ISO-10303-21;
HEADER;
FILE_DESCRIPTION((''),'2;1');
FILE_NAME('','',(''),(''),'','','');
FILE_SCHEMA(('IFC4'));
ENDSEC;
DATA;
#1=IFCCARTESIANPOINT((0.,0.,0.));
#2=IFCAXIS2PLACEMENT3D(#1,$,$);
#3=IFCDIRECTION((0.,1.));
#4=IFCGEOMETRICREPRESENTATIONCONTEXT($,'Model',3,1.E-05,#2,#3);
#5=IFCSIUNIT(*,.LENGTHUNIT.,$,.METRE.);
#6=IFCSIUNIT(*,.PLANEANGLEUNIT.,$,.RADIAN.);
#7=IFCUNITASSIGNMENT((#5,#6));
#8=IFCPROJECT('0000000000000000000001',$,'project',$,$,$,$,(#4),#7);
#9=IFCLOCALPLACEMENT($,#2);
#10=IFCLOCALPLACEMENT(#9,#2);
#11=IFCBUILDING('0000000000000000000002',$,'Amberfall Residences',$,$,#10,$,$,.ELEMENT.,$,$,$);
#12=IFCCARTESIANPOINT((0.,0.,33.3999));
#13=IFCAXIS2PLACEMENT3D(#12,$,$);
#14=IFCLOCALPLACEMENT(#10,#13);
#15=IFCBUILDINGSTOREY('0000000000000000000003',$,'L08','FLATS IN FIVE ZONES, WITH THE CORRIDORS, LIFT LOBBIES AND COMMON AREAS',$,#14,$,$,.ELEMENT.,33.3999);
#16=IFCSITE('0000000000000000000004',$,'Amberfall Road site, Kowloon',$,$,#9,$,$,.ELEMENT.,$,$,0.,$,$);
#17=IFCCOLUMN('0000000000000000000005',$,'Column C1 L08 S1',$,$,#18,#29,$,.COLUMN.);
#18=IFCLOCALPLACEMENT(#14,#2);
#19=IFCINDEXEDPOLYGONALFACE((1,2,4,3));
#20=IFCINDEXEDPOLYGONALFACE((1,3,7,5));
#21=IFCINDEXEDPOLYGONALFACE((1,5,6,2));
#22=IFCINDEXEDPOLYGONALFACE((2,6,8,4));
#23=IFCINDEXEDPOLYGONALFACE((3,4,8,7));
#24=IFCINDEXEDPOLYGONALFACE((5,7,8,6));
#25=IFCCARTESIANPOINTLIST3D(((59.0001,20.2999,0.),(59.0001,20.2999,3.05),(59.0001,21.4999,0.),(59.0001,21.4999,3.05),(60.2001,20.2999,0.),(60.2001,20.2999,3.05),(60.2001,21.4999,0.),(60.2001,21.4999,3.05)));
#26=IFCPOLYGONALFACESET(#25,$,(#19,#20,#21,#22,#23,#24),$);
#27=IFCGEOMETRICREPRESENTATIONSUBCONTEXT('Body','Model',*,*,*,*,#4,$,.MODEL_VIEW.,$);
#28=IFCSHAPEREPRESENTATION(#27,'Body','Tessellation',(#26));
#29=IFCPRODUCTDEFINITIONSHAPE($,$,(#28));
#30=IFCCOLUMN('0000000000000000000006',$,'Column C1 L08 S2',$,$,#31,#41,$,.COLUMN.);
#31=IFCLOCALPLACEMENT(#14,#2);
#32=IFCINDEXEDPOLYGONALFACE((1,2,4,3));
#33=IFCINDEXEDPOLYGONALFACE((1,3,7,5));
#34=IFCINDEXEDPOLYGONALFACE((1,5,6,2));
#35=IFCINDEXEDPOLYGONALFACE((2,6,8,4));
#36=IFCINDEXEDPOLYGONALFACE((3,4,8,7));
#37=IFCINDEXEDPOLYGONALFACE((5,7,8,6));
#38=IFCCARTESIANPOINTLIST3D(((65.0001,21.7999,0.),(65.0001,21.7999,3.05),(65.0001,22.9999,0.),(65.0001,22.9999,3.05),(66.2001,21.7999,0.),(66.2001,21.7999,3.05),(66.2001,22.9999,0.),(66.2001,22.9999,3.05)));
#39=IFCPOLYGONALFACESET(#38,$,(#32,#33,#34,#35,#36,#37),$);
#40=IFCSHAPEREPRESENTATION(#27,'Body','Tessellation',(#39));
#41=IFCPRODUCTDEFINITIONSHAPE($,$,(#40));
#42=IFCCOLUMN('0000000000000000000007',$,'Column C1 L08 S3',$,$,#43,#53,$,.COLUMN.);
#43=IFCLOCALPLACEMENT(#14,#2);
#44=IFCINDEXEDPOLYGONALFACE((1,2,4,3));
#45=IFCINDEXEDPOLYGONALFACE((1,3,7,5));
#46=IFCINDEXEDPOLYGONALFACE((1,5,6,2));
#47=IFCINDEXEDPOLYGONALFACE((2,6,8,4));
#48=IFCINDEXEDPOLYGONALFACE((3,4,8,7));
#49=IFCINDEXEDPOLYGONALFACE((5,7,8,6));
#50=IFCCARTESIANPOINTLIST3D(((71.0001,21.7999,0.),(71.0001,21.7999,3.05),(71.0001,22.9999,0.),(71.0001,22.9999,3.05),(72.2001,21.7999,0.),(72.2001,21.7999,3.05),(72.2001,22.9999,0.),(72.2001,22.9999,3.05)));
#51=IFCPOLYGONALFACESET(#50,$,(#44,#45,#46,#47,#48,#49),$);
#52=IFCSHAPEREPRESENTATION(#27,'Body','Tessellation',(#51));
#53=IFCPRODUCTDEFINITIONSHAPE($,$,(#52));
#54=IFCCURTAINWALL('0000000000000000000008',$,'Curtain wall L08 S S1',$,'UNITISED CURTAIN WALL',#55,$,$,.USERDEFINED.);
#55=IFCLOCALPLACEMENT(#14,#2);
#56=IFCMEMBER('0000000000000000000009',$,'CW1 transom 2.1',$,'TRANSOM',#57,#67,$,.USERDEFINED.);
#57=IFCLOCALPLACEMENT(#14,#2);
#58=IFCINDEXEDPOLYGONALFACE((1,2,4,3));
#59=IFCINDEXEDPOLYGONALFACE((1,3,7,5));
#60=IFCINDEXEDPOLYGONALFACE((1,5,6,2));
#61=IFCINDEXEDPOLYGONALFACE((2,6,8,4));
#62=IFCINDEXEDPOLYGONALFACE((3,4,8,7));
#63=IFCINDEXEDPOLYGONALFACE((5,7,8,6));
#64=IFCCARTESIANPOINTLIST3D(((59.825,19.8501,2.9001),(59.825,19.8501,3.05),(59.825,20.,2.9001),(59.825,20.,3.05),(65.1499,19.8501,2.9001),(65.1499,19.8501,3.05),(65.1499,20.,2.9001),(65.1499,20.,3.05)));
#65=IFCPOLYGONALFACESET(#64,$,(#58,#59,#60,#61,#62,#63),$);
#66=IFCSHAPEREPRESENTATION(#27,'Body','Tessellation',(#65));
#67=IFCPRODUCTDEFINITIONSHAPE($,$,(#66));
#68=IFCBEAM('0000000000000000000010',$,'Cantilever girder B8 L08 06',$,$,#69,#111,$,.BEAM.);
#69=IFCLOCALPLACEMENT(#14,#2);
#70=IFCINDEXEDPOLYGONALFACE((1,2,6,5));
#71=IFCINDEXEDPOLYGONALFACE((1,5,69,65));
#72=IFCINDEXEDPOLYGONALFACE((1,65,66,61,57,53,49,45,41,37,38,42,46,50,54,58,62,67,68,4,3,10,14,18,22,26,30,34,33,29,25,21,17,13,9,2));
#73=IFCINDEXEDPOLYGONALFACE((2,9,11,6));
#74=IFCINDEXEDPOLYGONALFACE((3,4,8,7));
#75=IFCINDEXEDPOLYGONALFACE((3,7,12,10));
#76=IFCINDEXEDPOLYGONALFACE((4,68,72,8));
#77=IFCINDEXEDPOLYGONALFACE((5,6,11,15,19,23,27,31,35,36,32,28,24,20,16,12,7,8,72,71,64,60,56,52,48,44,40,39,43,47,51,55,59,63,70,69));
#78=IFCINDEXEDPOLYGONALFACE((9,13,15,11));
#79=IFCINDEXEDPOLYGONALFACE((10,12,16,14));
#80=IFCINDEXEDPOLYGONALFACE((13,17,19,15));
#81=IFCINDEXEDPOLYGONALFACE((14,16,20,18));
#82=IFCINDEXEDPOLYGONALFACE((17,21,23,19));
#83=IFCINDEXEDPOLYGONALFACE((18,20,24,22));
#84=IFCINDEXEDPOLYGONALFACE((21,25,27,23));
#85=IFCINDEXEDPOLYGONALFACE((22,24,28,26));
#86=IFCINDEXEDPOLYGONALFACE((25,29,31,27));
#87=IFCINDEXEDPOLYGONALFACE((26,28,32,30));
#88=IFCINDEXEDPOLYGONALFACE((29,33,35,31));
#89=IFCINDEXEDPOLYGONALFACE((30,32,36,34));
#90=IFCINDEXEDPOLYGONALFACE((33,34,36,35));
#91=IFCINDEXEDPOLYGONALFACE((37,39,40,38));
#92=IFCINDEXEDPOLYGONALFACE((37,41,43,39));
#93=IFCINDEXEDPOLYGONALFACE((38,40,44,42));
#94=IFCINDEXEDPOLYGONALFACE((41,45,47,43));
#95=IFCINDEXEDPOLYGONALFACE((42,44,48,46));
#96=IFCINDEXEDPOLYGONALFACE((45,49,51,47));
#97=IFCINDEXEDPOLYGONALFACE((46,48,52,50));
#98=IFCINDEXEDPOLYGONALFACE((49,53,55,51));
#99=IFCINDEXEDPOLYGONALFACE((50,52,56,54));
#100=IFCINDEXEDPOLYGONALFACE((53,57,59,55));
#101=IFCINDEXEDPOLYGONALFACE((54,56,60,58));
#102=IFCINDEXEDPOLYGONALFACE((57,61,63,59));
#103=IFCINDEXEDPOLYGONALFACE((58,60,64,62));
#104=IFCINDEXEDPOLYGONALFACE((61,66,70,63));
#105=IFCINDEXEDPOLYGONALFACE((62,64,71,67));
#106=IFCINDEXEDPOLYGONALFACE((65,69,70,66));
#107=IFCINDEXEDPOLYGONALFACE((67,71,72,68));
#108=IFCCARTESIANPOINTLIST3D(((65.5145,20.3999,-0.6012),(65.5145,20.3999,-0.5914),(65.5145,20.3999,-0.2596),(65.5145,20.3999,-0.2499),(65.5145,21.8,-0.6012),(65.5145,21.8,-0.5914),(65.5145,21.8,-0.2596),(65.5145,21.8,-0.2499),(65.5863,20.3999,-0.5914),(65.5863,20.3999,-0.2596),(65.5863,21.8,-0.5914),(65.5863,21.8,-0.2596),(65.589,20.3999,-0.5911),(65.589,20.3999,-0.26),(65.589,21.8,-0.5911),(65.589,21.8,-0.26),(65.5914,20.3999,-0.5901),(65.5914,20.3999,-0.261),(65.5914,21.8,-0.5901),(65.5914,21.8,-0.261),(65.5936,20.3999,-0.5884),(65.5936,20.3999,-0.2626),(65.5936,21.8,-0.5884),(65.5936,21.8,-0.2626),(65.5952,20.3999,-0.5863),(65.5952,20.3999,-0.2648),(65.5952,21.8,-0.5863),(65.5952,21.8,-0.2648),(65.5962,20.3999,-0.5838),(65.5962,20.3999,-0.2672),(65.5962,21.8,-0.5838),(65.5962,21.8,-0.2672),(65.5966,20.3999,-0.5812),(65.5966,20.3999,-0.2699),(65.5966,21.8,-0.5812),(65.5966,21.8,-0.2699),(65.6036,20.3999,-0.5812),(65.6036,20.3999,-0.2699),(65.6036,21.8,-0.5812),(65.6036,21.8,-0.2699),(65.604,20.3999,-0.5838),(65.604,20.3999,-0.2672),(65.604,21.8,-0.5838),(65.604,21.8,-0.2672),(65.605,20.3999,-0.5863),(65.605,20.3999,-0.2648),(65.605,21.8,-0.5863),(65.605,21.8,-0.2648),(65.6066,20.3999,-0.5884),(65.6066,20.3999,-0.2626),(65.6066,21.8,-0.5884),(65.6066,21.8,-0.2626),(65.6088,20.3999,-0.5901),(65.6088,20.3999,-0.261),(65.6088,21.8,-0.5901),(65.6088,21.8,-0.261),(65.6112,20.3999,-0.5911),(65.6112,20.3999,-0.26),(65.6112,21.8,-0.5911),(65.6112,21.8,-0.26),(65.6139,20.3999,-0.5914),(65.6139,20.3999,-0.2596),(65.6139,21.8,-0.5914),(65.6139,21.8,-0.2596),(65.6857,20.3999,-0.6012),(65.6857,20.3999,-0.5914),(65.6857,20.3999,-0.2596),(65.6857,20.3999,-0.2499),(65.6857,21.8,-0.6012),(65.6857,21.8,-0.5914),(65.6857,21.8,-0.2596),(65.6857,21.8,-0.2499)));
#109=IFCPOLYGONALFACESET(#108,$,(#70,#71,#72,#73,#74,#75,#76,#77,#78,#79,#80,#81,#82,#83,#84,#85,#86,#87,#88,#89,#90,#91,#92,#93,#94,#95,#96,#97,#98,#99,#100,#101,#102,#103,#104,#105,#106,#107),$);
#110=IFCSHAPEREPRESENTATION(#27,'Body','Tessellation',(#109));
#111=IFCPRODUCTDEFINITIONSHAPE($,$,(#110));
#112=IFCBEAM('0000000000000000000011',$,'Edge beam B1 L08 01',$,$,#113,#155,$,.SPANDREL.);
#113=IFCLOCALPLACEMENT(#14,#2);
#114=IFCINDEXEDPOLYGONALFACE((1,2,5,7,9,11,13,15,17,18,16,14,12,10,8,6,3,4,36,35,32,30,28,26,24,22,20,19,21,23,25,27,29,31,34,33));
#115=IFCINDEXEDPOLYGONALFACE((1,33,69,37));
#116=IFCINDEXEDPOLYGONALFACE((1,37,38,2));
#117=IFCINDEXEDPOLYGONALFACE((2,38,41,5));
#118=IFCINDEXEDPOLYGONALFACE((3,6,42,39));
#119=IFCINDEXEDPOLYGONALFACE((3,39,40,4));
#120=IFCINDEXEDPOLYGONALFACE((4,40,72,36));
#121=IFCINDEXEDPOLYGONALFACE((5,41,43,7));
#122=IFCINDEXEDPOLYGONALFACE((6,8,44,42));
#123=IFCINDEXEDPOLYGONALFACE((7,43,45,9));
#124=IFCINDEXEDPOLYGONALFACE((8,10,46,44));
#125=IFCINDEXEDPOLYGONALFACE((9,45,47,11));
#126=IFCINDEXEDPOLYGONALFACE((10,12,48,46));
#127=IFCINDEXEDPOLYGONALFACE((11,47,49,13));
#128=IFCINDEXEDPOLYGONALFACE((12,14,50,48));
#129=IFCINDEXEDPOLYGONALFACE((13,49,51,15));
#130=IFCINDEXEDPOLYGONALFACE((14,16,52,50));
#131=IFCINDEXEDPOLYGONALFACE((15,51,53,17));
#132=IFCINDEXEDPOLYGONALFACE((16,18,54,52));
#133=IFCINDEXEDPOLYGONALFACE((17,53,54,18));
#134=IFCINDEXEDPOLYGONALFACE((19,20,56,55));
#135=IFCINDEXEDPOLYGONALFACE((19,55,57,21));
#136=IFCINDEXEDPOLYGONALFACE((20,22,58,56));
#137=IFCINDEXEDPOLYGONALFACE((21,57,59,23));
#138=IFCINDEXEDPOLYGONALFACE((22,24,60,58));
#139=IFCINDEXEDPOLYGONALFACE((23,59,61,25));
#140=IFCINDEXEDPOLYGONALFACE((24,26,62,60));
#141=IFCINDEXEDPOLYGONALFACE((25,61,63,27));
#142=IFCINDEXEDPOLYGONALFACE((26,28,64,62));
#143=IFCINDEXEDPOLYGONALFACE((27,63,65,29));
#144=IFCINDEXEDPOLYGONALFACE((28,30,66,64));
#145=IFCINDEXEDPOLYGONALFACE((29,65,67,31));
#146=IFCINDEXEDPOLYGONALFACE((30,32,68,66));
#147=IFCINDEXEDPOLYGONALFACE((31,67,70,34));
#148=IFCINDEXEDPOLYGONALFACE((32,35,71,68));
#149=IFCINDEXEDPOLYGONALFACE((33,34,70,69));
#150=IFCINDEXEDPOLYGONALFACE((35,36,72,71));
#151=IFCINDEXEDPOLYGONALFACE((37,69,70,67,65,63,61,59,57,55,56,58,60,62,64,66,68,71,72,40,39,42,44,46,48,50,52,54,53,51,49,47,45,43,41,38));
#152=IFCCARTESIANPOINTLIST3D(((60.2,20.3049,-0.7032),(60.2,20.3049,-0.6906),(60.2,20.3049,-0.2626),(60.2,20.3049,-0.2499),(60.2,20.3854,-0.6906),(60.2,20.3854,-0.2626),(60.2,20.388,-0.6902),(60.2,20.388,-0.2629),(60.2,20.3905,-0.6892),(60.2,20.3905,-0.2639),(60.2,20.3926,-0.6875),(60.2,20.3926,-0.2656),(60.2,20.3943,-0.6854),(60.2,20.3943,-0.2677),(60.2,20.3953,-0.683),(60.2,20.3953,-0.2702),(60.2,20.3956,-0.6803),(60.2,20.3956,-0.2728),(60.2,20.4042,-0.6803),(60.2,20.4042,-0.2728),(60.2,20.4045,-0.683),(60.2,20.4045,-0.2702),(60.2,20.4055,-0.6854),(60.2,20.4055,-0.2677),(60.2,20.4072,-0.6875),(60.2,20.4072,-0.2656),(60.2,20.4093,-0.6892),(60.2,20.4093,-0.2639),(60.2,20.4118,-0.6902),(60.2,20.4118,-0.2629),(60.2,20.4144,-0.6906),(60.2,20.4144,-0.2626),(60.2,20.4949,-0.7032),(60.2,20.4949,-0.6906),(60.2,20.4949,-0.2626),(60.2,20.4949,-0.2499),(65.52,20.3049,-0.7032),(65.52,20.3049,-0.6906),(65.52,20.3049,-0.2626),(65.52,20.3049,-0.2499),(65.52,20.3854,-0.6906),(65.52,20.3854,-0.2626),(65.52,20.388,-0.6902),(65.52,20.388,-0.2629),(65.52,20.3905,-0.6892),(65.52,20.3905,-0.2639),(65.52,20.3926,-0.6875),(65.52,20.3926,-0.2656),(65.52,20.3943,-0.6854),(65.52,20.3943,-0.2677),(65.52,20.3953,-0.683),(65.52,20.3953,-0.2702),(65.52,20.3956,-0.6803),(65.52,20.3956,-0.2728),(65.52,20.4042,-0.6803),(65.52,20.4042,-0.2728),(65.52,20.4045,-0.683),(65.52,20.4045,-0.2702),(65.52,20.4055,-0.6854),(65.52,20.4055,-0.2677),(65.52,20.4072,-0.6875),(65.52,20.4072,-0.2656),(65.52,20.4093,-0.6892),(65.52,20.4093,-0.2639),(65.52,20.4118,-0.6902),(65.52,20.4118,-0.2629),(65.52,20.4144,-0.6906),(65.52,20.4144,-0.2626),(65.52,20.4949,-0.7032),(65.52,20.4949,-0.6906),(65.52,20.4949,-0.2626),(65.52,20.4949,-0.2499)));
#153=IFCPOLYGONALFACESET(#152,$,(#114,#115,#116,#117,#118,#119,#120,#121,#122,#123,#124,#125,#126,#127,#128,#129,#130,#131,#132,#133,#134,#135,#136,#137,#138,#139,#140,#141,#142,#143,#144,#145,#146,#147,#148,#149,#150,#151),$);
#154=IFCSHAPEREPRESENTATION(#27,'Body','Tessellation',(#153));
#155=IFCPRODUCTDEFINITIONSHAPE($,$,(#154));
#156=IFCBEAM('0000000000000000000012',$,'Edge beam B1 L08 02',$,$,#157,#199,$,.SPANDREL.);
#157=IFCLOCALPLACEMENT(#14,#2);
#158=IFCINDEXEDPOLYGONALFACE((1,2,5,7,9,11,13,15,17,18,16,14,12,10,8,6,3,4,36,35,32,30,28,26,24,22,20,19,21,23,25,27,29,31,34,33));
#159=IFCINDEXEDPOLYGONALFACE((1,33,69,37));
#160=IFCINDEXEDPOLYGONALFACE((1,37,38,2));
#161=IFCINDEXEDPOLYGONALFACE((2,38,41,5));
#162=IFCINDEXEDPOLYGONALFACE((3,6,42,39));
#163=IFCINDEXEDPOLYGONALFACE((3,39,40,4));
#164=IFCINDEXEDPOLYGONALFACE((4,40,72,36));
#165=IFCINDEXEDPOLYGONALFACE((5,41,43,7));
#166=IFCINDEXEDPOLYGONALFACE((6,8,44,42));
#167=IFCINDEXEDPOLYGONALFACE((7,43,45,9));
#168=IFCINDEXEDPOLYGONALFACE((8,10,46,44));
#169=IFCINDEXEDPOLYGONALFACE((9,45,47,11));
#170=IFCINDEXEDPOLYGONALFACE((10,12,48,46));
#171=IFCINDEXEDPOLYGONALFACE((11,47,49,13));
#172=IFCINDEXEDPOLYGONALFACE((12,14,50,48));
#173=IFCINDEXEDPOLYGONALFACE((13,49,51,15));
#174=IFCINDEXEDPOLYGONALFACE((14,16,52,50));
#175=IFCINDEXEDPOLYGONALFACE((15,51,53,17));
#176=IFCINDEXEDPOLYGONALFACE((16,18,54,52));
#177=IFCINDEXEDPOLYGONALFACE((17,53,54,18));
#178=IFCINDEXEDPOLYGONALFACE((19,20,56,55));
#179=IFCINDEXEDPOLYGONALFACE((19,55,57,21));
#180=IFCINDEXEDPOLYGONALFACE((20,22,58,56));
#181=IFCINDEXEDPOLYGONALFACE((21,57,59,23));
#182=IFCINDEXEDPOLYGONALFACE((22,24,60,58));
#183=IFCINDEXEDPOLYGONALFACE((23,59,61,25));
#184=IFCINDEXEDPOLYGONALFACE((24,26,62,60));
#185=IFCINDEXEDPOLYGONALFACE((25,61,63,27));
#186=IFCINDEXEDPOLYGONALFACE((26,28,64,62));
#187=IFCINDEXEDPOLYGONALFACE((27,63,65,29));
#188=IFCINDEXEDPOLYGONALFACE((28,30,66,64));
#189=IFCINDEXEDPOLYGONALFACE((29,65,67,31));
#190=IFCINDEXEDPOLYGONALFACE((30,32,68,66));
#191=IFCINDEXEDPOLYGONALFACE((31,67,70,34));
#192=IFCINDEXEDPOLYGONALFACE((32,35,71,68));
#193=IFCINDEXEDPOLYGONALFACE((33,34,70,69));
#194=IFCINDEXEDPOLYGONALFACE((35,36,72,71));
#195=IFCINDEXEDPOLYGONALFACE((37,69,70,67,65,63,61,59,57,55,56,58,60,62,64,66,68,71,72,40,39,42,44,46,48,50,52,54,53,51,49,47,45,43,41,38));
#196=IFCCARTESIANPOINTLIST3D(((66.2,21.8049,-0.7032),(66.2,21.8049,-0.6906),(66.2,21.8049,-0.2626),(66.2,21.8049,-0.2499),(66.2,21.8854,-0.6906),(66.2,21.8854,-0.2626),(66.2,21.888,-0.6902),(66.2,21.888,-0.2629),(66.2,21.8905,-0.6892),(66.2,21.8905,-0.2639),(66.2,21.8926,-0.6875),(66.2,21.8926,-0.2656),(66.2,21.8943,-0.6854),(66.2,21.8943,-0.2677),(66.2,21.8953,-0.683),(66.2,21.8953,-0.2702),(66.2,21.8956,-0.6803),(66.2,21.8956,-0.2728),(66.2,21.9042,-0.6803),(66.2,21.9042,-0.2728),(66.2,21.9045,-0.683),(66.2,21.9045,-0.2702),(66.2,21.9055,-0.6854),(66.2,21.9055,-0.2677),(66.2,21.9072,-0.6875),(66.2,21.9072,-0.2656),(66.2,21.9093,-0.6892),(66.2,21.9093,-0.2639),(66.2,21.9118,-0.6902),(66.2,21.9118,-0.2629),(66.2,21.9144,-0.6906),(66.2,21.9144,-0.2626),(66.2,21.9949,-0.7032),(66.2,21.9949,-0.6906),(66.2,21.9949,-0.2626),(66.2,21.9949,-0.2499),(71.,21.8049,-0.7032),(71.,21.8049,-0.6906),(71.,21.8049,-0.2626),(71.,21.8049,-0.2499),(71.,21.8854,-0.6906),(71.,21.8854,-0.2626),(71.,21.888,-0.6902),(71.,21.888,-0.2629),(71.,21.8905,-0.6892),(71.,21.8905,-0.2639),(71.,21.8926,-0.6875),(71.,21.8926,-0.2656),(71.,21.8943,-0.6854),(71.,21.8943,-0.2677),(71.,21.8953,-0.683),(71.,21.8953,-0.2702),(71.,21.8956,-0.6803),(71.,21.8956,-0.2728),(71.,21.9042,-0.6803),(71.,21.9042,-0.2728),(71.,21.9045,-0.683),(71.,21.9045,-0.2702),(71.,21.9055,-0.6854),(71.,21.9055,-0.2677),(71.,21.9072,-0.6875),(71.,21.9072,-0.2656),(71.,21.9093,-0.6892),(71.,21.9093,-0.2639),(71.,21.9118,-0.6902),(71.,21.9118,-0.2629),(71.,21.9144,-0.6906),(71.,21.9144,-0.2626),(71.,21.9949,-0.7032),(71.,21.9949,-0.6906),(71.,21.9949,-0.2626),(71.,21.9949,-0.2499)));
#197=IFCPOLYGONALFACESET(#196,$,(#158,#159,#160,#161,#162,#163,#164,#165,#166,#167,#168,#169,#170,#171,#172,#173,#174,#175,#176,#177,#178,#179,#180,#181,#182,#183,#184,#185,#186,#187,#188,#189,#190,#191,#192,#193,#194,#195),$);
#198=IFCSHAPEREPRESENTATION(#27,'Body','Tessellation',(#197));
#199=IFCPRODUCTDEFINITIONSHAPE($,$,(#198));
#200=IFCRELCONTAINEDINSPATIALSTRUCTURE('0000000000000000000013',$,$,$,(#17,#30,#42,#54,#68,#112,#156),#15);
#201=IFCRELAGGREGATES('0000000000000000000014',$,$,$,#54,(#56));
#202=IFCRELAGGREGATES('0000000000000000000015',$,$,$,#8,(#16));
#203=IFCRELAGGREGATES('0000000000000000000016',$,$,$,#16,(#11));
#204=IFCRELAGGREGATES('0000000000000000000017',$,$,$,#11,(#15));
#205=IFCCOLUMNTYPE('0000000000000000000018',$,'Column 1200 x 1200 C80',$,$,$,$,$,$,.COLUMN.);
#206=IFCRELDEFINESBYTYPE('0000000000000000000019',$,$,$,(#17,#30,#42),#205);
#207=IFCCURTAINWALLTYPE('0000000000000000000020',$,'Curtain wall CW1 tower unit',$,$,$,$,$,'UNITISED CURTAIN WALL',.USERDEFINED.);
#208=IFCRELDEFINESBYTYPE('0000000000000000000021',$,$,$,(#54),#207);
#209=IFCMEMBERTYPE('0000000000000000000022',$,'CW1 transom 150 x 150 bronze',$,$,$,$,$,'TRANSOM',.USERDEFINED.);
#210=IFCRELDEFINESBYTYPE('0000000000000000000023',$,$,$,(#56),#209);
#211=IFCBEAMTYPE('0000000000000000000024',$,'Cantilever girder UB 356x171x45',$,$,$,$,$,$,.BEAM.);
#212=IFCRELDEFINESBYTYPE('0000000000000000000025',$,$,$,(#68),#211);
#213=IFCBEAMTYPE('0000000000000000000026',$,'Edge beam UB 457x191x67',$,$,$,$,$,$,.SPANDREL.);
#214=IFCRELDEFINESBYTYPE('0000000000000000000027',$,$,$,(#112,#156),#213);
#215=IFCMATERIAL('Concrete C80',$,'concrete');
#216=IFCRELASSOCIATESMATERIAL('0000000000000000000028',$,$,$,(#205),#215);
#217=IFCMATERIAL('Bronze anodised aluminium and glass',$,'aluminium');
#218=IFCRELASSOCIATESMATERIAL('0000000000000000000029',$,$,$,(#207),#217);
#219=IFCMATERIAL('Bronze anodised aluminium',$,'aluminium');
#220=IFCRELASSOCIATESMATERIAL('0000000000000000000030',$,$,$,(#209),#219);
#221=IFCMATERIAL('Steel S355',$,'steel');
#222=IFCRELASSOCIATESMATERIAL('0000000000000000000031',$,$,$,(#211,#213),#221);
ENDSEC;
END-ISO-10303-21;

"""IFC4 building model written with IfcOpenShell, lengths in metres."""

from ifc_helpers import new_model, si_unit, direction, frame, origin, origin_2d, place, context, subcontext, project, spatial, rectangle, i_section, extrude, material, material_profile, profile_set, type_object, element, aggregate, save


model = new_model("IFC4")

# Units and contexts
model_context = context("Model", 3, precision=1e-05, world=origin(), true_north=direction((0.0, 1.0)))
body_context = subcontext(model_context, "Body", "Model", "MODEL_VIEW")
ifc_project = project(units=[si_unit("LENGTHUNIT", "METRE"), si_unit("PLANEANGLEUNIT", "RADIAN")], contexts=[model_context])

# Site, building, storey
site_placement = place(None, origin())
site = spatial("IfcSite", under=ifc_project, at=site_placement, Name="Amberfall Road site, Kowloon", CompositionType="ELEMENT", RefElevation=0.0)
building_placement = place(site_placement, origin())
building = spatial("IfcBuilding", under=site, at=building_placement, Name="Amberfall Residences", CompositionType="ELEMENT")
storey_placement = place(building_placement, frame((0.0, 0.0, 33.3999)))
storey = spatial("IfcBuildingStorey", under=building, at=storey_placement, Name="L08", Description="FLATS IN FIVE ZONES, WITH THE CORRIDORS, LIFT LOBBIES AND COMMON AREAS", CompositionType="ELEMENT", Elevation=33.3999)

# Columns
ifc_material_1 = material(Name="Concrete C80", Category="concrete")
ifc_material_profile_1 = material_profile(ifc_material_1, rectangle(XDim=1.2, YDim=1.2, at=origin_2d()), Name="Column 1200 x 1200 C80")
ifc_profile_set_1 = profile_set([ifc_material_profile_1], Name="Concrete C80")
column_type = type_object("IfcColumnType", Name="Column 1200 x 1200 C80", PredefinedType="COLUMN", material=ifc_profile_set_1)
for number, where, z_axis, x_axis, name in (
    (1, (59.6001, 20.8999, 0.0), (0.0, 0.0, 1.0), (1.0, 0.0, 0.0), "Column C1 L08 S1"),
    (2, (65.6001, 22.3999, 0.0), (0.0, 0.0, 1.0), (1.0, 0.0, 0.0), "Column C1 L08 S2"),
    (3, (71.6001, 22.3999, 0.0), (0.0, 0.0, 1.0), (1.0, 0.0, 0.0), "Column C1 L08 S3"),
):
    element("IfcColumn", number, at=place(storey_placement, frame(where, z_axis=z_axis, x_axis=x_axis)), inside=storey, type_object=column_type, Name=name, PredefinedType="COLUMN", context=body_context, shape_type="SweptSolid", body=[
        extrude(rectangle(XDim=1.2, YDim=1.2, at=origin_2d()), origin(), (0.0, 0.0, 1.0), 3.05),
    ])

# Curtain wall, member
ifc_material_2 = material(Name="Bronze anodised aluminium and glass", Category="aluminium")
curtain_wall_type = type_object("IfcCurtainWallType", Name="Curtain wall CW1 tower unit", ElementType="UNITISED CURTAIN WALL", PredefinedType="USERDEFINED", material=ifc_material_2)
curtain_wall_placement = place(storey_placement, origin())
curtain_wall = element("IfcCurtainWall", 4, at=curtain_wall_placement, inside=storey, type_object=curtain_wall_type, Name="Curtain wall L08 S S1", ObjectType="UNITISED CURTAIN WALL", PredefinedType="USERDEFINED")
ifc_material_3 = material(Name="Bronze anodised aluminium", Category="aluminium")
ifc_material_profile_2 = material_profile(ifc_material_3, rectangle(XDim=0.1499, YDim=0.1499, at=origin_2d()), Name="CW1 transom 150 x 150 bronze")
ifc_profile_set_2 = profile_set([ifc_material_profile_2], Name="Bronze anodised aluminium")
member_type_1 = type_object("IfcMemberType", Name="CW1 transom 150 x 150 bronze", ElementType="TRANSOM", PredefinedType="USERDEFINED", material=ifc_profile_set_2)
member_1_placement = place(storey_placement, frame((59.825, 19.925, 2.9751), z_axis=(1.0, 0.0, 0.0), x_axis=(0.0, 1.0, 0.0)))
member_1 = element("IfcMember", 5, at=member_1_placement, type_object=member_type_1, Name="CW1 transom 2.1", ObjectType="TRANSOM", PredefinedType="USERDEFINED", context=body_context, shape_type="SweptSolid", body=[
    extrude(rectangle(XDim=0.1499, YDim=0.1499, at=origin_2d()), origin(), (0.0, 0.0, 1.0), 5.325),
])

# Beams
ifc_material_4 = material(Name="Steel S355", Category="steel")
ifc_material_profile_3 = material_profile(ifc_material_4, i_section(OverallWidth=0.1711, OverallDepth=0.3513, WebThickness=0.0071, FlangeThickness=0.0098, FilletRadius=0.0103, at=origin_2d()), Name="UB 356x171x45")
ifc_profile_set_3 = profile_set([ifc_material_profile_3], Name="Steel S355")
beam_type_1 = type_object("IfcBeamType", Name="Cantilever girder UB 356x171x45", PredefinedType="BEAM", material=ifc_profile_set_3)
beam_1_placement = place(storey_placement, frame((65.6001, 21.8, -0.4255), z_axis=(0.0, -1.0, 0.0), x_axis=(1.0, 0.0, 0.0)))
element("IfcBeam", 6, at=beam_1_placement, inside=storey, type_object=beam_type_1, Name="Cantilever girder B8 L08 06", PredefinedType="BEAM", context=body_context, shape_type="SweptSolid", body=[
    extrude(i_section(OverallWidth=0.1711, OverallDepth=0.3513, WebThickness=0.0071, FlangeThickness=0.0098, FilletRadius=0.0103, at=origin_2d()), origin(), (0.0, 0.0, 1.0), 1.4001),
])
ifc_material_profile_4 = material_profile(ifc_material_4, i_section(OverallWidth=0.1899, OverallDepth=0.4534, WebThickness=0.0085, FlangeThickness=0.0127, FilletRadius=0.0103, at=origin_2d()), Name="UB 457x191x67")
ifc_profile_set_4 = profile_set([ifc_material_profile_4], Name="Steel S355")
beam_type_2 = type_object("IfcBeamType", Name="Edge beam UB 457x191x67", PredefinedType="SPANDREL", material=ifc_profile_set_4)
beam_2_placement = place(storey_placement, frame((60.2, 20.3999, -0.4766), z_axis=(1.0, 0.0, 0.0), x_axis=(0.0, 1.0, 0.0)))
element("IfcBeam", 7, at=beam_2_placement, inside=storey, type_object=beam_type_2, Name="Edge beam B1 L08 01", PredefinedType="SPANDREL", context=body_context, shape_type="SweptSolid", body=[
    extrude(i_section(OverallWidth=0.1899, OverallDepth=0.4534, WebThickness=0.0085, FlangeThickness=0.0127, FilletRadius=0.0103, at=origin_2d()), origin(), (0.0, 0.0, 1.0), 5.3201),
])
beam_3_placement = place(storey_placement, frame((66.2, 21.8999, -0.4766), z_axis=(1.0, 0.0, 0.0), x_axis=(0.0, 1.0, 0.0)))
element("IfcBeam", 8, at=beam_3_placement, inside=storey, type_object=beam_type_2, Name="Edge beam B1 L08 02", PredefinedType="SPANDREL", context=body_context, shape_type="SweptSolid", body=[
    extrude(i_section(OverallWidth=0.1899, OverallDepth=0.4534, WebThickness=0.0085, FlangeThickness=0.0127, FilletRadius=0.0103, at=origin_2d()), origin(), (0.0, 0.0, 1.0), 4.8),
])

aggregate(curtain_wall, [member_1])

save(model, "model.ifc")
